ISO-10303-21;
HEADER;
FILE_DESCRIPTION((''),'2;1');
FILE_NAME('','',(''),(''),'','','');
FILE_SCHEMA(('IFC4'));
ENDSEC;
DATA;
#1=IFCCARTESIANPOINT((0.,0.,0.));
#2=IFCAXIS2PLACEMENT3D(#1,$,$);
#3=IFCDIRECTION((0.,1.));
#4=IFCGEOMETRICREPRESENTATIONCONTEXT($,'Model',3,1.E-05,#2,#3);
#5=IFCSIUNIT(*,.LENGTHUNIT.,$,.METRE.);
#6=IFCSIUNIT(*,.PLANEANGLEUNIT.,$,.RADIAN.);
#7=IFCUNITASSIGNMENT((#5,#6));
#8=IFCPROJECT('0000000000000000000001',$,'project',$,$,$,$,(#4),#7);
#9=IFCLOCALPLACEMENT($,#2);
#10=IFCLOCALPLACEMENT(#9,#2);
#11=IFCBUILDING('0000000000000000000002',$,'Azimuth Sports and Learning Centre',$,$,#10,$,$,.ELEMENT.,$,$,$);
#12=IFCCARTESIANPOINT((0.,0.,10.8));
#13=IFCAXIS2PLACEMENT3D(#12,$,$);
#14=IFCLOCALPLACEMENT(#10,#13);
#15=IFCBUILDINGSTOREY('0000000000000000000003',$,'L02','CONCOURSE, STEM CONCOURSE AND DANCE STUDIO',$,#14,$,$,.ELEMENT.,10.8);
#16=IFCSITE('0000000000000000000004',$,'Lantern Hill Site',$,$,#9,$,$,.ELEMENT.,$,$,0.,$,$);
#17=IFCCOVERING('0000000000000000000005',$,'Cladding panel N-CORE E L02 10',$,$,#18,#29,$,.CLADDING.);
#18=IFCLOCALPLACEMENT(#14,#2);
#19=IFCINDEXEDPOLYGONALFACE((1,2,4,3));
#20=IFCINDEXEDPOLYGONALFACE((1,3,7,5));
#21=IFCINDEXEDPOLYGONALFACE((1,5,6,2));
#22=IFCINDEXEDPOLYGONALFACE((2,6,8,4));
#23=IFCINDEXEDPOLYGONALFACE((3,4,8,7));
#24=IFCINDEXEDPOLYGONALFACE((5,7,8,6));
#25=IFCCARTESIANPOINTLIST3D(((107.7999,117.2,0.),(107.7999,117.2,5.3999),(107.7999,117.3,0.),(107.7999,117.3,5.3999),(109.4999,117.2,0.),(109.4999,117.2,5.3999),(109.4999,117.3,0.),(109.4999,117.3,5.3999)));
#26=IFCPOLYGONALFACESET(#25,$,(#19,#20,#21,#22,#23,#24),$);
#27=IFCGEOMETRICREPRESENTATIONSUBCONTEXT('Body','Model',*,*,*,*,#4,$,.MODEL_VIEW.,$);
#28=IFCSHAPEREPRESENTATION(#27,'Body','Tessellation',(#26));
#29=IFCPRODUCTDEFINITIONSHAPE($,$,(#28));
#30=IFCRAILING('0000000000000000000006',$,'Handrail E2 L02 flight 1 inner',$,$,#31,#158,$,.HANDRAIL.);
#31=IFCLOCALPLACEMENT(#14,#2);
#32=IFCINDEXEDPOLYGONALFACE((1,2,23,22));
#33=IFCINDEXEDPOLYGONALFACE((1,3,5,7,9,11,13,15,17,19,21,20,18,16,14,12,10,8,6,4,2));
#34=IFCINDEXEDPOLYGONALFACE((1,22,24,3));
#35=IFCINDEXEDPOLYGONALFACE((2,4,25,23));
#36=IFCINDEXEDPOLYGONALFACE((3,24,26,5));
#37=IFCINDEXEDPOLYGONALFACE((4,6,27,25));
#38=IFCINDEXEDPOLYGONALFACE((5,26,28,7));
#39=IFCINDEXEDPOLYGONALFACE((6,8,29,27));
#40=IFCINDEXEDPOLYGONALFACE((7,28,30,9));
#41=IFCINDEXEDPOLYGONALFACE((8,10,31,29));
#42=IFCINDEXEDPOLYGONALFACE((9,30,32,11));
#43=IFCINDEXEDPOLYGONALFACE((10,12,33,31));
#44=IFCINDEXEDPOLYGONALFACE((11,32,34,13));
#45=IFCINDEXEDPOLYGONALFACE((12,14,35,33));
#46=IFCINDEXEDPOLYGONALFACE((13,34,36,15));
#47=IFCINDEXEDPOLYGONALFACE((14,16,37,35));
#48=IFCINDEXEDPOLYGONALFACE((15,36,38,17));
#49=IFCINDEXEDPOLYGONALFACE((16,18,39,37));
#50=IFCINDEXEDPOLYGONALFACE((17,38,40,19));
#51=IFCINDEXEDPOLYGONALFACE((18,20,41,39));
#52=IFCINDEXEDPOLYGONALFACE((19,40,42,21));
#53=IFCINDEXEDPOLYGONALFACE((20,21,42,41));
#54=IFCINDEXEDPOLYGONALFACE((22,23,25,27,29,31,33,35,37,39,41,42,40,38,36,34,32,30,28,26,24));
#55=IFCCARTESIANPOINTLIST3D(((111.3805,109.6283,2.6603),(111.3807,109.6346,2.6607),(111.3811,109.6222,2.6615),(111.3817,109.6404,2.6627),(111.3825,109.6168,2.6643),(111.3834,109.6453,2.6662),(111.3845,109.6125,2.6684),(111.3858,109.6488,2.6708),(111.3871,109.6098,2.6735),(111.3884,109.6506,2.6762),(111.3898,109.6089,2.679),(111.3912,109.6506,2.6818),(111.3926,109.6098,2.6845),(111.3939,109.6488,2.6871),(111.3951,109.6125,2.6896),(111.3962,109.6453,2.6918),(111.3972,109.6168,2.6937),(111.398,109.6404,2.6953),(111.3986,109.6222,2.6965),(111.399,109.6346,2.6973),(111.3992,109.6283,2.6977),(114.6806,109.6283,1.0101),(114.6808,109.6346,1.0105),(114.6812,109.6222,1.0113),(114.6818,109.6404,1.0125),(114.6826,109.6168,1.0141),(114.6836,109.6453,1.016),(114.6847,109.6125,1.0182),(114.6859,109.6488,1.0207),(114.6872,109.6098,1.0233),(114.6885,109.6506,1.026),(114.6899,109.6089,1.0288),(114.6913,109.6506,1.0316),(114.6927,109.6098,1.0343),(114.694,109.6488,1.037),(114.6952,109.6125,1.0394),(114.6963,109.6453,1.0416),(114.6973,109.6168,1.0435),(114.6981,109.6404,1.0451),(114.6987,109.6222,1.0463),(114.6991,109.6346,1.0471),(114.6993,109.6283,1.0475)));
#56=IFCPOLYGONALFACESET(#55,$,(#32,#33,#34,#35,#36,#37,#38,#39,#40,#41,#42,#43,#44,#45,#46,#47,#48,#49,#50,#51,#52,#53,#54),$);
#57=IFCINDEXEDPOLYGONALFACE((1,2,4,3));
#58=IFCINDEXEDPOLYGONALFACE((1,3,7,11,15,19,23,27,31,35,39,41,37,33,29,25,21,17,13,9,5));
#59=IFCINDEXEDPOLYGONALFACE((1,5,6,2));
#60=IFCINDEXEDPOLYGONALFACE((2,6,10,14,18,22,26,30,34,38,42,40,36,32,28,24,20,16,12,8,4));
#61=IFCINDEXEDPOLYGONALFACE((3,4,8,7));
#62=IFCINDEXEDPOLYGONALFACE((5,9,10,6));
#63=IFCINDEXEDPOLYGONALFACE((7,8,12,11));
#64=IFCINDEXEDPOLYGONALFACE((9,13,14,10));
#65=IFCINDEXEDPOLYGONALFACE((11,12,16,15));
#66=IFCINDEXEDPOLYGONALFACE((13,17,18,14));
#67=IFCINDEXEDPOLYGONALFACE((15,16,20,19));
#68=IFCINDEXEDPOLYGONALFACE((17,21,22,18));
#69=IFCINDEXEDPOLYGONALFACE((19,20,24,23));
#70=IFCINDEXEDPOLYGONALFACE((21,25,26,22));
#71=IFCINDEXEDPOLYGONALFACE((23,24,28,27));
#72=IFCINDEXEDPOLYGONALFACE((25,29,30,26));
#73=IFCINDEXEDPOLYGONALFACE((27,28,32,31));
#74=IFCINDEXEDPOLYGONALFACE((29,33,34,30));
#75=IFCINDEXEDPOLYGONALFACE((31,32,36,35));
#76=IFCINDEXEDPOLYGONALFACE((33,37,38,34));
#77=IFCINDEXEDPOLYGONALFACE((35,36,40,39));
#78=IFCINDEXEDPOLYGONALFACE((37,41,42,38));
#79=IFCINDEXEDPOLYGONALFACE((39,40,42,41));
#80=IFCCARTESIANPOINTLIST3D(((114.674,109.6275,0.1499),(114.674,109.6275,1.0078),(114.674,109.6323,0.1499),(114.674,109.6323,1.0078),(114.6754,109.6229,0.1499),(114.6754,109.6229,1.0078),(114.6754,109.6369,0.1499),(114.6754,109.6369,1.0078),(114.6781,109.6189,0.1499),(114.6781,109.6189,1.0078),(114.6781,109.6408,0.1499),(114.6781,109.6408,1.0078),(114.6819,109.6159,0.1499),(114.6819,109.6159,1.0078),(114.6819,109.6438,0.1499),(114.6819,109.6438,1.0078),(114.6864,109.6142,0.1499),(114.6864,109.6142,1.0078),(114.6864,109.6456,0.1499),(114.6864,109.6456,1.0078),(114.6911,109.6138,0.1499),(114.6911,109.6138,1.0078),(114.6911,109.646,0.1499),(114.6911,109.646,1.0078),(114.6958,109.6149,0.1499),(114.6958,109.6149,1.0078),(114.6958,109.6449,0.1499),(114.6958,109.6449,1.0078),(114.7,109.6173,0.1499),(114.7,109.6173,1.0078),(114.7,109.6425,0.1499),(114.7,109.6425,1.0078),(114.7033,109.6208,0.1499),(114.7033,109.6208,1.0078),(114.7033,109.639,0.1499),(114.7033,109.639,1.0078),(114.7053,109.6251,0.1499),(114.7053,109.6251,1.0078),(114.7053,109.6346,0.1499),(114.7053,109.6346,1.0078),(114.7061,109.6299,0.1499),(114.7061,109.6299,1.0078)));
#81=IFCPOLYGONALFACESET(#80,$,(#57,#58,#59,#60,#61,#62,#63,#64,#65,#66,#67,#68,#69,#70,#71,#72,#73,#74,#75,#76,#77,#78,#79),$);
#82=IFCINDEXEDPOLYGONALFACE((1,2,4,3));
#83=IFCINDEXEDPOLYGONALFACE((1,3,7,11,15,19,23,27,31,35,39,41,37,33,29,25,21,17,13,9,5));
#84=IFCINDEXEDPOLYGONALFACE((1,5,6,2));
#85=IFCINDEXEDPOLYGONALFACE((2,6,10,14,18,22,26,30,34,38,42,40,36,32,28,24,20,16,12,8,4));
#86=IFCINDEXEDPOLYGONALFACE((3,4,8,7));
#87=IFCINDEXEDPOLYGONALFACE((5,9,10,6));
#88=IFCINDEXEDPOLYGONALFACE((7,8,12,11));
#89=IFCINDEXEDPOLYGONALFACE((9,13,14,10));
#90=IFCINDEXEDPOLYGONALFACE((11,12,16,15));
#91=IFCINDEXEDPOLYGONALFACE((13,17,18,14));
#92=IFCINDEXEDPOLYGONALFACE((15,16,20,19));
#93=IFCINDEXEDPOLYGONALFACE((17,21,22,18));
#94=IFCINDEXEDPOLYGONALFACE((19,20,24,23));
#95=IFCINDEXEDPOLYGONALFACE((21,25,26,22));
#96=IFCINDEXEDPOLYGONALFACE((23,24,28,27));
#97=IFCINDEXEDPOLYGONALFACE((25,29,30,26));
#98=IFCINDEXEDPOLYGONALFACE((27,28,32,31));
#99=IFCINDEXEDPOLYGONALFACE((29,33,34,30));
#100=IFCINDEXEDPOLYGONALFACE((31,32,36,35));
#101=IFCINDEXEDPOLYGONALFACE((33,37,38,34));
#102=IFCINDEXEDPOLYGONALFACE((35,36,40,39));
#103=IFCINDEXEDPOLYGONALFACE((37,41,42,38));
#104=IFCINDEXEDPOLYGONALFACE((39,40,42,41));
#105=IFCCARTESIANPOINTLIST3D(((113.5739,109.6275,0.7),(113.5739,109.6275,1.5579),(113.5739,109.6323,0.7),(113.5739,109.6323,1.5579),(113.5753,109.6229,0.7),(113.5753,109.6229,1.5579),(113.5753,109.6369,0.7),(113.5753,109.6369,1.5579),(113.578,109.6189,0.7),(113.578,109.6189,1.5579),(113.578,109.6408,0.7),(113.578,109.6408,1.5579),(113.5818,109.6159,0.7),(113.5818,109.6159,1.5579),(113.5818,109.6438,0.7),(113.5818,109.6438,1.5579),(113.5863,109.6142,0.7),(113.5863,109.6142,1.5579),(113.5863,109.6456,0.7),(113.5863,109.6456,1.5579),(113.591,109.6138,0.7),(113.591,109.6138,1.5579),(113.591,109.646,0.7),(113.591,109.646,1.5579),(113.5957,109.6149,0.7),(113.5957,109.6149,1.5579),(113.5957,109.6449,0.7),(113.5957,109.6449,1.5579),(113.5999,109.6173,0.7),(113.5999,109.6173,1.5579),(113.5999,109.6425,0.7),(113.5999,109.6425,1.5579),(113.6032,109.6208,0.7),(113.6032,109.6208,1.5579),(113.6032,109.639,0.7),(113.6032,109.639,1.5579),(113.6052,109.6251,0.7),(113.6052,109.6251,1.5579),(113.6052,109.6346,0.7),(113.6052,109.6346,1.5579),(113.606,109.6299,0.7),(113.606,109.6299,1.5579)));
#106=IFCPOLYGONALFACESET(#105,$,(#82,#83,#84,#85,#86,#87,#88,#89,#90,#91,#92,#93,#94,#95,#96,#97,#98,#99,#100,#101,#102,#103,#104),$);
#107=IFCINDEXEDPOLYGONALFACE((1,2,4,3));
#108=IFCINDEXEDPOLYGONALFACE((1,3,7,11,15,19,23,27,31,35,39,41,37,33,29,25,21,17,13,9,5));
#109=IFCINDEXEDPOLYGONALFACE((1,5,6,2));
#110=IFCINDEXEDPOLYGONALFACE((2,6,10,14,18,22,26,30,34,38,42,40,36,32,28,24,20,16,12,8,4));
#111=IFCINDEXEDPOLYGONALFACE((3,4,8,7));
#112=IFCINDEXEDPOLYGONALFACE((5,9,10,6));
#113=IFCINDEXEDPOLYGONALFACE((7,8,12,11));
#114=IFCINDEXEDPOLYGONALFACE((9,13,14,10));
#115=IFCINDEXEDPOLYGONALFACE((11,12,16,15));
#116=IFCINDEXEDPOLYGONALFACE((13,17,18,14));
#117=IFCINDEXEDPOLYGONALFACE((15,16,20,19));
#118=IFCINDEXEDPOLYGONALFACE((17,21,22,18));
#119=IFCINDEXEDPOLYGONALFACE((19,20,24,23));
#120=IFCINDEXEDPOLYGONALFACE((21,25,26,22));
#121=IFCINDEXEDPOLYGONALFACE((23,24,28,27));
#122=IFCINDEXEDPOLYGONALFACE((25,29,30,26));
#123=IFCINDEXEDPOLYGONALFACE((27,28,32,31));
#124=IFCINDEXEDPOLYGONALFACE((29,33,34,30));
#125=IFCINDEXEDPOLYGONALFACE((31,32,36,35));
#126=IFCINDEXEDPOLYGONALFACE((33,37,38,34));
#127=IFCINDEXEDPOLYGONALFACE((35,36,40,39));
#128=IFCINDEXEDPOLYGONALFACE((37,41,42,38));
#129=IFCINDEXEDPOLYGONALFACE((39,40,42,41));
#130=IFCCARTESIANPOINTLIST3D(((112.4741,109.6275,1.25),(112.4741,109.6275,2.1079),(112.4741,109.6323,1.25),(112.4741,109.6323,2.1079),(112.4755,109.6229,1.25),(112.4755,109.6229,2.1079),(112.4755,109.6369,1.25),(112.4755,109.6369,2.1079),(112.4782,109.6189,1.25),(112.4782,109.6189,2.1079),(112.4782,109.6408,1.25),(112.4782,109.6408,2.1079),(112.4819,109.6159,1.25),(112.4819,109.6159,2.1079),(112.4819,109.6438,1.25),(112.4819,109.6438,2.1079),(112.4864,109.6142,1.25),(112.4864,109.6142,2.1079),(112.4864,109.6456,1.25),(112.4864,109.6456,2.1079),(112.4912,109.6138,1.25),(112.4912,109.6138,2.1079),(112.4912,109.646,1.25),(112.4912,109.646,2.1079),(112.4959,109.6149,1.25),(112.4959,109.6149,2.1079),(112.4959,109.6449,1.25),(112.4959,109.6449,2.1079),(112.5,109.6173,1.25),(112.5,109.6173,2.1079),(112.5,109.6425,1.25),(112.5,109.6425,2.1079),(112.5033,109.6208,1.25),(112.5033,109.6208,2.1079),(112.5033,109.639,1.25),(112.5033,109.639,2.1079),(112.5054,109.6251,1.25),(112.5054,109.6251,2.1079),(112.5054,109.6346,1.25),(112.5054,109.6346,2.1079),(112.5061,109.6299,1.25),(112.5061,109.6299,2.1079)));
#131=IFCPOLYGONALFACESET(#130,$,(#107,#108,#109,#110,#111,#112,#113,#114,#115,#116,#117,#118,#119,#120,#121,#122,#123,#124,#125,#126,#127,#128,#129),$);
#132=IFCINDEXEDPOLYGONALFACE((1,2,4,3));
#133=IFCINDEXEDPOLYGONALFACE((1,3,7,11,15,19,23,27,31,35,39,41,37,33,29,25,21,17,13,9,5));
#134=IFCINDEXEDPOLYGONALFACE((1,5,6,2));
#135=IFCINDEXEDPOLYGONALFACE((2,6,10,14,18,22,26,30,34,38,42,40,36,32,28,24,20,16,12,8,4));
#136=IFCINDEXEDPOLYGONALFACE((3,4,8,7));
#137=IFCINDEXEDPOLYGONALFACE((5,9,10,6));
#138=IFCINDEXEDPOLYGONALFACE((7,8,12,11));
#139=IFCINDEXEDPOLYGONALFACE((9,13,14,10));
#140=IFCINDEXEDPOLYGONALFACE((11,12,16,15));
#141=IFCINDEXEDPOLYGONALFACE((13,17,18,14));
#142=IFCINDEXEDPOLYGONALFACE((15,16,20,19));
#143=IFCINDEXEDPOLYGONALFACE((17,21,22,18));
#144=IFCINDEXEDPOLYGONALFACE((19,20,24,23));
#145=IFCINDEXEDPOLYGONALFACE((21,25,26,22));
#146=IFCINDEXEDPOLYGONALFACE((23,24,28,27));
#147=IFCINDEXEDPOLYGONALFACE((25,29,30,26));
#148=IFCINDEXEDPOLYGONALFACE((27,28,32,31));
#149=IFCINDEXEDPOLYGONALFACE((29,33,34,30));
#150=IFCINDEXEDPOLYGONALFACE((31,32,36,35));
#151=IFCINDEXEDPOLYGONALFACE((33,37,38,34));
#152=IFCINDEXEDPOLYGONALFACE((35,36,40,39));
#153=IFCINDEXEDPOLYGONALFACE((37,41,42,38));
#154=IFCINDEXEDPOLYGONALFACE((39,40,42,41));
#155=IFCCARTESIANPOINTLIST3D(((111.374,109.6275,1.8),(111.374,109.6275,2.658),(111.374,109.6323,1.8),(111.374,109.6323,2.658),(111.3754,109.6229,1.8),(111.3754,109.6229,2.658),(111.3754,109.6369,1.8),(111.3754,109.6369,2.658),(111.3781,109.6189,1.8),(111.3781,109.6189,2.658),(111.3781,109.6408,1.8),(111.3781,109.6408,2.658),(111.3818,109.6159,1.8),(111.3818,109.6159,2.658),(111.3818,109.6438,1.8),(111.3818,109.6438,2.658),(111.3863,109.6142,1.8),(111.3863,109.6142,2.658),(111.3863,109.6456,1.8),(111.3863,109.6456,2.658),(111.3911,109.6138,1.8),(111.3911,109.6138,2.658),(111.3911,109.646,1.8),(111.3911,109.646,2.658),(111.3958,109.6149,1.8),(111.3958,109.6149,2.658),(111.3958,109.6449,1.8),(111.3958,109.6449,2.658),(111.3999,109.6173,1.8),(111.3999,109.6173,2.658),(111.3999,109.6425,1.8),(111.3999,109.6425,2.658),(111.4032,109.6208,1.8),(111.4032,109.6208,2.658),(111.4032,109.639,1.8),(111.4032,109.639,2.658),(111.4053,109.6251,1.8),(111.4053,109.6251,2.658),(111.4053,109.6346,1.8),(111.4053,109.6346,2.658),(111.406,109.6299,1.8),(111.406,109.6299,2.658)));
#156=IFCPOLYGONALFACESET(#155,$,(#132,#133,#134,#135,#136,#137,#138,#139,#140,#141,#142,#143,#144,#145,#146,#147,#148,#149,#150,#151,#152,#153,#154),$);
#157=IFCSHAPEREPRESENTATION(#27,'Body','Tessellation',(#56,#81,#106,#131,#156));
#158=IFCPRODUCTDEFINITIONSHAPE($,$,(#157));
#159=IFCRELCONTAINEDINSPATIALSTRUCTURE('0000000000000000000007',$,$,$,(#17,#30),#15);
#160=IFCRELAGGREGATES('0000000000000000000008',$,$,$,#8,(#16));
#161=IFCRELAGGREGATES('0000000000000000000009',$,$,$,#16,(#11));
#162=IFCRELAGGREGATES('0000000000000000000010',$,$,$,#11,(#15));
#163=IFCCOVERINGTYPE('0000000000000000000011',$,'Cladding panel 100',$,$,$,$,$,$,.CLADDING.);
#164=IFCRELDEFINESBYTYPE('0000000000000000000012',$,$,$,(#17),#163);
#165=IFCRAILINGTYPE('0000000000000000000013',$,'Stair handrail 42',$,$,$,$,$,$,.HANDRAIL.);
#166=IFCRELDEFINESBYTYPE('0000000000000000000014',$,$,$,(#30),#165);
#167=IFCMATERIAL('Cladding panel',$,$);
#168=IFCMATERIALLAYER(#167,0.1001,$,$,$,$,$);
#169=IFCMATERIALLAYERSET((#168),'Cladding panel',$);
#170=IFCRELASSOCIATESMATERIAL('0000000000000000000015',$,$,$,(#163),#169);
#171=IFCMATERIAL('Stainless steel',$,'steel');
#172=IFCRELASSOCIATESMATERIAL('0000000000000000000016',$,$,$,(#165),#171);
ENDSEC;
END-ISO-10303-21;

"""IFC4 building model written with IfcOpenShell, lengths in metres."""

from ifc_helpers import new_model, si_unit, direction, frame, origin, origin_2d, place, context, subcontext, project, spatial, rectangle, circle, extrude, material, layer, layer_set, type_object, element, save


model = new_model("IFC4")

# Units and contexts
model_context = context("Model", 3, precision=1e-05, world=origin(), true_north=direction((0.0, 1.0)))
body_context = subcontext(model_context, "Body", "Model", "MODEL_VIEW")
ifc_project = project(units=[si_unit("LENGTHUNIT", "METRE"), si_unit("PLANEANGLEUNIT", "RADIAN")], contexts=[model_context])

# Site, building, storey
site_placement = place(None, origin())
site = spatial("IfcSite", under=ifc_project, at=site_placement, Name="Lantern Hill Site", CompositionType="ELEMENT", RefElevation=0.0)
building_placement = place(site_placement, origin())
building = spatial("IfcBuilding", under=site, at=building_placement, Name="Azimuth Sports and Learning Centre", CompositionType="ELEMENT")
storey_placement = place(building_placement, frame((0.0, 0.0, 10.8)))
storey = spatial("IfcBuildingStorey", under=building, at=storey_placement, Name="L02", Description="CONCOURSE, STEM CONCOURSE AND DANCE STUDIO", CompositionType="ELEMENT", Elevation=10.8)

# Covering
ifc_material_1 = material(Name="Cladding panel")
ifc_layer_1 = layer(ifc_material_1, 0.1001)
ifc_layer_set_1 = layer_set([ifc_layer_1], Name="Cladding panel")
covering_type = type_object("IfcCoveringType", Name="Cladding panel 100", PredefinedType="CLADDING", material=ifc_layer_set_1)
covering_1_placement = place(storey_placement, frame((108.6499, 117.25, 0.0), z_axis=(0.0, 0.0, 1.0), x_axis=(-1.0, 0.0, 0.0)))
element("IfcCovering", 1, at=covering_1_placement, inside=storey, type_object=covering_type, Name="Cladding panel N-CORE E L02 10", PredefinedType="CLADDING", context=body_context, shape_type="SweptSolid", body=[
    extrude(rectangle(XDim=1.7, YDim=0.1001, at=origin_2d()), origin(), (0.0, 0.0, 1.0), 5.3999),
])

# Railing
ifc_material_2 = material(Name="Stainless steel", Category="steel")
railing_type_1 = type_object("IfcRailingType", Name="Stair handrail 42", PredefinedType="HANDRAIL", material=ifc_material_2)
for number, where, name in (
    (2, (114.6899, 109.6299, 0.1499), "Handrail E2 L02 flight 1 inner"),
):
    element("IfcRailing", number, at=place(storey_placement, frame(where)), inside=storey, type_object=railing_type_1, Name=name, PredefinedType="HANDRAIL", context=body_context, shape_type="SweptSolid", body=[
        extrude(circle(Radius=0.021, at=origin_2d()), frame((0.0, 0.0, 0.8789), z_axis=(-0.894414, 0.0, 0.44724), x_axis=(0.0, -1.0, 0.0)), (0.0, 0.0, 1.0), 3.6897),
        extrude(circle(Radius=0.0161, at=origin_2d()), origin(), (0.0, 0.0, 1.0), 0.8579),
        extrude(circle(Radius=0.0161, at=origin_2d()), frame((-1.1001, 0.0, 0.55)), (0.0, 0.0, 1.0), 0.8579),
        extrude(circle(Radius=0.0161, at=origin_2d()), frame((-2.2, 0.0, 1.1001)), (0.0, 0.0, 1.0), 0.8579),
        extrude(circle(Radius=0.0161, at=origin_2d()), frame((-3.3, 0.0, 1.6501)), (0.0, 0.0, 1.0), 0.8579),
    ])

save(model, "model.ifc")
